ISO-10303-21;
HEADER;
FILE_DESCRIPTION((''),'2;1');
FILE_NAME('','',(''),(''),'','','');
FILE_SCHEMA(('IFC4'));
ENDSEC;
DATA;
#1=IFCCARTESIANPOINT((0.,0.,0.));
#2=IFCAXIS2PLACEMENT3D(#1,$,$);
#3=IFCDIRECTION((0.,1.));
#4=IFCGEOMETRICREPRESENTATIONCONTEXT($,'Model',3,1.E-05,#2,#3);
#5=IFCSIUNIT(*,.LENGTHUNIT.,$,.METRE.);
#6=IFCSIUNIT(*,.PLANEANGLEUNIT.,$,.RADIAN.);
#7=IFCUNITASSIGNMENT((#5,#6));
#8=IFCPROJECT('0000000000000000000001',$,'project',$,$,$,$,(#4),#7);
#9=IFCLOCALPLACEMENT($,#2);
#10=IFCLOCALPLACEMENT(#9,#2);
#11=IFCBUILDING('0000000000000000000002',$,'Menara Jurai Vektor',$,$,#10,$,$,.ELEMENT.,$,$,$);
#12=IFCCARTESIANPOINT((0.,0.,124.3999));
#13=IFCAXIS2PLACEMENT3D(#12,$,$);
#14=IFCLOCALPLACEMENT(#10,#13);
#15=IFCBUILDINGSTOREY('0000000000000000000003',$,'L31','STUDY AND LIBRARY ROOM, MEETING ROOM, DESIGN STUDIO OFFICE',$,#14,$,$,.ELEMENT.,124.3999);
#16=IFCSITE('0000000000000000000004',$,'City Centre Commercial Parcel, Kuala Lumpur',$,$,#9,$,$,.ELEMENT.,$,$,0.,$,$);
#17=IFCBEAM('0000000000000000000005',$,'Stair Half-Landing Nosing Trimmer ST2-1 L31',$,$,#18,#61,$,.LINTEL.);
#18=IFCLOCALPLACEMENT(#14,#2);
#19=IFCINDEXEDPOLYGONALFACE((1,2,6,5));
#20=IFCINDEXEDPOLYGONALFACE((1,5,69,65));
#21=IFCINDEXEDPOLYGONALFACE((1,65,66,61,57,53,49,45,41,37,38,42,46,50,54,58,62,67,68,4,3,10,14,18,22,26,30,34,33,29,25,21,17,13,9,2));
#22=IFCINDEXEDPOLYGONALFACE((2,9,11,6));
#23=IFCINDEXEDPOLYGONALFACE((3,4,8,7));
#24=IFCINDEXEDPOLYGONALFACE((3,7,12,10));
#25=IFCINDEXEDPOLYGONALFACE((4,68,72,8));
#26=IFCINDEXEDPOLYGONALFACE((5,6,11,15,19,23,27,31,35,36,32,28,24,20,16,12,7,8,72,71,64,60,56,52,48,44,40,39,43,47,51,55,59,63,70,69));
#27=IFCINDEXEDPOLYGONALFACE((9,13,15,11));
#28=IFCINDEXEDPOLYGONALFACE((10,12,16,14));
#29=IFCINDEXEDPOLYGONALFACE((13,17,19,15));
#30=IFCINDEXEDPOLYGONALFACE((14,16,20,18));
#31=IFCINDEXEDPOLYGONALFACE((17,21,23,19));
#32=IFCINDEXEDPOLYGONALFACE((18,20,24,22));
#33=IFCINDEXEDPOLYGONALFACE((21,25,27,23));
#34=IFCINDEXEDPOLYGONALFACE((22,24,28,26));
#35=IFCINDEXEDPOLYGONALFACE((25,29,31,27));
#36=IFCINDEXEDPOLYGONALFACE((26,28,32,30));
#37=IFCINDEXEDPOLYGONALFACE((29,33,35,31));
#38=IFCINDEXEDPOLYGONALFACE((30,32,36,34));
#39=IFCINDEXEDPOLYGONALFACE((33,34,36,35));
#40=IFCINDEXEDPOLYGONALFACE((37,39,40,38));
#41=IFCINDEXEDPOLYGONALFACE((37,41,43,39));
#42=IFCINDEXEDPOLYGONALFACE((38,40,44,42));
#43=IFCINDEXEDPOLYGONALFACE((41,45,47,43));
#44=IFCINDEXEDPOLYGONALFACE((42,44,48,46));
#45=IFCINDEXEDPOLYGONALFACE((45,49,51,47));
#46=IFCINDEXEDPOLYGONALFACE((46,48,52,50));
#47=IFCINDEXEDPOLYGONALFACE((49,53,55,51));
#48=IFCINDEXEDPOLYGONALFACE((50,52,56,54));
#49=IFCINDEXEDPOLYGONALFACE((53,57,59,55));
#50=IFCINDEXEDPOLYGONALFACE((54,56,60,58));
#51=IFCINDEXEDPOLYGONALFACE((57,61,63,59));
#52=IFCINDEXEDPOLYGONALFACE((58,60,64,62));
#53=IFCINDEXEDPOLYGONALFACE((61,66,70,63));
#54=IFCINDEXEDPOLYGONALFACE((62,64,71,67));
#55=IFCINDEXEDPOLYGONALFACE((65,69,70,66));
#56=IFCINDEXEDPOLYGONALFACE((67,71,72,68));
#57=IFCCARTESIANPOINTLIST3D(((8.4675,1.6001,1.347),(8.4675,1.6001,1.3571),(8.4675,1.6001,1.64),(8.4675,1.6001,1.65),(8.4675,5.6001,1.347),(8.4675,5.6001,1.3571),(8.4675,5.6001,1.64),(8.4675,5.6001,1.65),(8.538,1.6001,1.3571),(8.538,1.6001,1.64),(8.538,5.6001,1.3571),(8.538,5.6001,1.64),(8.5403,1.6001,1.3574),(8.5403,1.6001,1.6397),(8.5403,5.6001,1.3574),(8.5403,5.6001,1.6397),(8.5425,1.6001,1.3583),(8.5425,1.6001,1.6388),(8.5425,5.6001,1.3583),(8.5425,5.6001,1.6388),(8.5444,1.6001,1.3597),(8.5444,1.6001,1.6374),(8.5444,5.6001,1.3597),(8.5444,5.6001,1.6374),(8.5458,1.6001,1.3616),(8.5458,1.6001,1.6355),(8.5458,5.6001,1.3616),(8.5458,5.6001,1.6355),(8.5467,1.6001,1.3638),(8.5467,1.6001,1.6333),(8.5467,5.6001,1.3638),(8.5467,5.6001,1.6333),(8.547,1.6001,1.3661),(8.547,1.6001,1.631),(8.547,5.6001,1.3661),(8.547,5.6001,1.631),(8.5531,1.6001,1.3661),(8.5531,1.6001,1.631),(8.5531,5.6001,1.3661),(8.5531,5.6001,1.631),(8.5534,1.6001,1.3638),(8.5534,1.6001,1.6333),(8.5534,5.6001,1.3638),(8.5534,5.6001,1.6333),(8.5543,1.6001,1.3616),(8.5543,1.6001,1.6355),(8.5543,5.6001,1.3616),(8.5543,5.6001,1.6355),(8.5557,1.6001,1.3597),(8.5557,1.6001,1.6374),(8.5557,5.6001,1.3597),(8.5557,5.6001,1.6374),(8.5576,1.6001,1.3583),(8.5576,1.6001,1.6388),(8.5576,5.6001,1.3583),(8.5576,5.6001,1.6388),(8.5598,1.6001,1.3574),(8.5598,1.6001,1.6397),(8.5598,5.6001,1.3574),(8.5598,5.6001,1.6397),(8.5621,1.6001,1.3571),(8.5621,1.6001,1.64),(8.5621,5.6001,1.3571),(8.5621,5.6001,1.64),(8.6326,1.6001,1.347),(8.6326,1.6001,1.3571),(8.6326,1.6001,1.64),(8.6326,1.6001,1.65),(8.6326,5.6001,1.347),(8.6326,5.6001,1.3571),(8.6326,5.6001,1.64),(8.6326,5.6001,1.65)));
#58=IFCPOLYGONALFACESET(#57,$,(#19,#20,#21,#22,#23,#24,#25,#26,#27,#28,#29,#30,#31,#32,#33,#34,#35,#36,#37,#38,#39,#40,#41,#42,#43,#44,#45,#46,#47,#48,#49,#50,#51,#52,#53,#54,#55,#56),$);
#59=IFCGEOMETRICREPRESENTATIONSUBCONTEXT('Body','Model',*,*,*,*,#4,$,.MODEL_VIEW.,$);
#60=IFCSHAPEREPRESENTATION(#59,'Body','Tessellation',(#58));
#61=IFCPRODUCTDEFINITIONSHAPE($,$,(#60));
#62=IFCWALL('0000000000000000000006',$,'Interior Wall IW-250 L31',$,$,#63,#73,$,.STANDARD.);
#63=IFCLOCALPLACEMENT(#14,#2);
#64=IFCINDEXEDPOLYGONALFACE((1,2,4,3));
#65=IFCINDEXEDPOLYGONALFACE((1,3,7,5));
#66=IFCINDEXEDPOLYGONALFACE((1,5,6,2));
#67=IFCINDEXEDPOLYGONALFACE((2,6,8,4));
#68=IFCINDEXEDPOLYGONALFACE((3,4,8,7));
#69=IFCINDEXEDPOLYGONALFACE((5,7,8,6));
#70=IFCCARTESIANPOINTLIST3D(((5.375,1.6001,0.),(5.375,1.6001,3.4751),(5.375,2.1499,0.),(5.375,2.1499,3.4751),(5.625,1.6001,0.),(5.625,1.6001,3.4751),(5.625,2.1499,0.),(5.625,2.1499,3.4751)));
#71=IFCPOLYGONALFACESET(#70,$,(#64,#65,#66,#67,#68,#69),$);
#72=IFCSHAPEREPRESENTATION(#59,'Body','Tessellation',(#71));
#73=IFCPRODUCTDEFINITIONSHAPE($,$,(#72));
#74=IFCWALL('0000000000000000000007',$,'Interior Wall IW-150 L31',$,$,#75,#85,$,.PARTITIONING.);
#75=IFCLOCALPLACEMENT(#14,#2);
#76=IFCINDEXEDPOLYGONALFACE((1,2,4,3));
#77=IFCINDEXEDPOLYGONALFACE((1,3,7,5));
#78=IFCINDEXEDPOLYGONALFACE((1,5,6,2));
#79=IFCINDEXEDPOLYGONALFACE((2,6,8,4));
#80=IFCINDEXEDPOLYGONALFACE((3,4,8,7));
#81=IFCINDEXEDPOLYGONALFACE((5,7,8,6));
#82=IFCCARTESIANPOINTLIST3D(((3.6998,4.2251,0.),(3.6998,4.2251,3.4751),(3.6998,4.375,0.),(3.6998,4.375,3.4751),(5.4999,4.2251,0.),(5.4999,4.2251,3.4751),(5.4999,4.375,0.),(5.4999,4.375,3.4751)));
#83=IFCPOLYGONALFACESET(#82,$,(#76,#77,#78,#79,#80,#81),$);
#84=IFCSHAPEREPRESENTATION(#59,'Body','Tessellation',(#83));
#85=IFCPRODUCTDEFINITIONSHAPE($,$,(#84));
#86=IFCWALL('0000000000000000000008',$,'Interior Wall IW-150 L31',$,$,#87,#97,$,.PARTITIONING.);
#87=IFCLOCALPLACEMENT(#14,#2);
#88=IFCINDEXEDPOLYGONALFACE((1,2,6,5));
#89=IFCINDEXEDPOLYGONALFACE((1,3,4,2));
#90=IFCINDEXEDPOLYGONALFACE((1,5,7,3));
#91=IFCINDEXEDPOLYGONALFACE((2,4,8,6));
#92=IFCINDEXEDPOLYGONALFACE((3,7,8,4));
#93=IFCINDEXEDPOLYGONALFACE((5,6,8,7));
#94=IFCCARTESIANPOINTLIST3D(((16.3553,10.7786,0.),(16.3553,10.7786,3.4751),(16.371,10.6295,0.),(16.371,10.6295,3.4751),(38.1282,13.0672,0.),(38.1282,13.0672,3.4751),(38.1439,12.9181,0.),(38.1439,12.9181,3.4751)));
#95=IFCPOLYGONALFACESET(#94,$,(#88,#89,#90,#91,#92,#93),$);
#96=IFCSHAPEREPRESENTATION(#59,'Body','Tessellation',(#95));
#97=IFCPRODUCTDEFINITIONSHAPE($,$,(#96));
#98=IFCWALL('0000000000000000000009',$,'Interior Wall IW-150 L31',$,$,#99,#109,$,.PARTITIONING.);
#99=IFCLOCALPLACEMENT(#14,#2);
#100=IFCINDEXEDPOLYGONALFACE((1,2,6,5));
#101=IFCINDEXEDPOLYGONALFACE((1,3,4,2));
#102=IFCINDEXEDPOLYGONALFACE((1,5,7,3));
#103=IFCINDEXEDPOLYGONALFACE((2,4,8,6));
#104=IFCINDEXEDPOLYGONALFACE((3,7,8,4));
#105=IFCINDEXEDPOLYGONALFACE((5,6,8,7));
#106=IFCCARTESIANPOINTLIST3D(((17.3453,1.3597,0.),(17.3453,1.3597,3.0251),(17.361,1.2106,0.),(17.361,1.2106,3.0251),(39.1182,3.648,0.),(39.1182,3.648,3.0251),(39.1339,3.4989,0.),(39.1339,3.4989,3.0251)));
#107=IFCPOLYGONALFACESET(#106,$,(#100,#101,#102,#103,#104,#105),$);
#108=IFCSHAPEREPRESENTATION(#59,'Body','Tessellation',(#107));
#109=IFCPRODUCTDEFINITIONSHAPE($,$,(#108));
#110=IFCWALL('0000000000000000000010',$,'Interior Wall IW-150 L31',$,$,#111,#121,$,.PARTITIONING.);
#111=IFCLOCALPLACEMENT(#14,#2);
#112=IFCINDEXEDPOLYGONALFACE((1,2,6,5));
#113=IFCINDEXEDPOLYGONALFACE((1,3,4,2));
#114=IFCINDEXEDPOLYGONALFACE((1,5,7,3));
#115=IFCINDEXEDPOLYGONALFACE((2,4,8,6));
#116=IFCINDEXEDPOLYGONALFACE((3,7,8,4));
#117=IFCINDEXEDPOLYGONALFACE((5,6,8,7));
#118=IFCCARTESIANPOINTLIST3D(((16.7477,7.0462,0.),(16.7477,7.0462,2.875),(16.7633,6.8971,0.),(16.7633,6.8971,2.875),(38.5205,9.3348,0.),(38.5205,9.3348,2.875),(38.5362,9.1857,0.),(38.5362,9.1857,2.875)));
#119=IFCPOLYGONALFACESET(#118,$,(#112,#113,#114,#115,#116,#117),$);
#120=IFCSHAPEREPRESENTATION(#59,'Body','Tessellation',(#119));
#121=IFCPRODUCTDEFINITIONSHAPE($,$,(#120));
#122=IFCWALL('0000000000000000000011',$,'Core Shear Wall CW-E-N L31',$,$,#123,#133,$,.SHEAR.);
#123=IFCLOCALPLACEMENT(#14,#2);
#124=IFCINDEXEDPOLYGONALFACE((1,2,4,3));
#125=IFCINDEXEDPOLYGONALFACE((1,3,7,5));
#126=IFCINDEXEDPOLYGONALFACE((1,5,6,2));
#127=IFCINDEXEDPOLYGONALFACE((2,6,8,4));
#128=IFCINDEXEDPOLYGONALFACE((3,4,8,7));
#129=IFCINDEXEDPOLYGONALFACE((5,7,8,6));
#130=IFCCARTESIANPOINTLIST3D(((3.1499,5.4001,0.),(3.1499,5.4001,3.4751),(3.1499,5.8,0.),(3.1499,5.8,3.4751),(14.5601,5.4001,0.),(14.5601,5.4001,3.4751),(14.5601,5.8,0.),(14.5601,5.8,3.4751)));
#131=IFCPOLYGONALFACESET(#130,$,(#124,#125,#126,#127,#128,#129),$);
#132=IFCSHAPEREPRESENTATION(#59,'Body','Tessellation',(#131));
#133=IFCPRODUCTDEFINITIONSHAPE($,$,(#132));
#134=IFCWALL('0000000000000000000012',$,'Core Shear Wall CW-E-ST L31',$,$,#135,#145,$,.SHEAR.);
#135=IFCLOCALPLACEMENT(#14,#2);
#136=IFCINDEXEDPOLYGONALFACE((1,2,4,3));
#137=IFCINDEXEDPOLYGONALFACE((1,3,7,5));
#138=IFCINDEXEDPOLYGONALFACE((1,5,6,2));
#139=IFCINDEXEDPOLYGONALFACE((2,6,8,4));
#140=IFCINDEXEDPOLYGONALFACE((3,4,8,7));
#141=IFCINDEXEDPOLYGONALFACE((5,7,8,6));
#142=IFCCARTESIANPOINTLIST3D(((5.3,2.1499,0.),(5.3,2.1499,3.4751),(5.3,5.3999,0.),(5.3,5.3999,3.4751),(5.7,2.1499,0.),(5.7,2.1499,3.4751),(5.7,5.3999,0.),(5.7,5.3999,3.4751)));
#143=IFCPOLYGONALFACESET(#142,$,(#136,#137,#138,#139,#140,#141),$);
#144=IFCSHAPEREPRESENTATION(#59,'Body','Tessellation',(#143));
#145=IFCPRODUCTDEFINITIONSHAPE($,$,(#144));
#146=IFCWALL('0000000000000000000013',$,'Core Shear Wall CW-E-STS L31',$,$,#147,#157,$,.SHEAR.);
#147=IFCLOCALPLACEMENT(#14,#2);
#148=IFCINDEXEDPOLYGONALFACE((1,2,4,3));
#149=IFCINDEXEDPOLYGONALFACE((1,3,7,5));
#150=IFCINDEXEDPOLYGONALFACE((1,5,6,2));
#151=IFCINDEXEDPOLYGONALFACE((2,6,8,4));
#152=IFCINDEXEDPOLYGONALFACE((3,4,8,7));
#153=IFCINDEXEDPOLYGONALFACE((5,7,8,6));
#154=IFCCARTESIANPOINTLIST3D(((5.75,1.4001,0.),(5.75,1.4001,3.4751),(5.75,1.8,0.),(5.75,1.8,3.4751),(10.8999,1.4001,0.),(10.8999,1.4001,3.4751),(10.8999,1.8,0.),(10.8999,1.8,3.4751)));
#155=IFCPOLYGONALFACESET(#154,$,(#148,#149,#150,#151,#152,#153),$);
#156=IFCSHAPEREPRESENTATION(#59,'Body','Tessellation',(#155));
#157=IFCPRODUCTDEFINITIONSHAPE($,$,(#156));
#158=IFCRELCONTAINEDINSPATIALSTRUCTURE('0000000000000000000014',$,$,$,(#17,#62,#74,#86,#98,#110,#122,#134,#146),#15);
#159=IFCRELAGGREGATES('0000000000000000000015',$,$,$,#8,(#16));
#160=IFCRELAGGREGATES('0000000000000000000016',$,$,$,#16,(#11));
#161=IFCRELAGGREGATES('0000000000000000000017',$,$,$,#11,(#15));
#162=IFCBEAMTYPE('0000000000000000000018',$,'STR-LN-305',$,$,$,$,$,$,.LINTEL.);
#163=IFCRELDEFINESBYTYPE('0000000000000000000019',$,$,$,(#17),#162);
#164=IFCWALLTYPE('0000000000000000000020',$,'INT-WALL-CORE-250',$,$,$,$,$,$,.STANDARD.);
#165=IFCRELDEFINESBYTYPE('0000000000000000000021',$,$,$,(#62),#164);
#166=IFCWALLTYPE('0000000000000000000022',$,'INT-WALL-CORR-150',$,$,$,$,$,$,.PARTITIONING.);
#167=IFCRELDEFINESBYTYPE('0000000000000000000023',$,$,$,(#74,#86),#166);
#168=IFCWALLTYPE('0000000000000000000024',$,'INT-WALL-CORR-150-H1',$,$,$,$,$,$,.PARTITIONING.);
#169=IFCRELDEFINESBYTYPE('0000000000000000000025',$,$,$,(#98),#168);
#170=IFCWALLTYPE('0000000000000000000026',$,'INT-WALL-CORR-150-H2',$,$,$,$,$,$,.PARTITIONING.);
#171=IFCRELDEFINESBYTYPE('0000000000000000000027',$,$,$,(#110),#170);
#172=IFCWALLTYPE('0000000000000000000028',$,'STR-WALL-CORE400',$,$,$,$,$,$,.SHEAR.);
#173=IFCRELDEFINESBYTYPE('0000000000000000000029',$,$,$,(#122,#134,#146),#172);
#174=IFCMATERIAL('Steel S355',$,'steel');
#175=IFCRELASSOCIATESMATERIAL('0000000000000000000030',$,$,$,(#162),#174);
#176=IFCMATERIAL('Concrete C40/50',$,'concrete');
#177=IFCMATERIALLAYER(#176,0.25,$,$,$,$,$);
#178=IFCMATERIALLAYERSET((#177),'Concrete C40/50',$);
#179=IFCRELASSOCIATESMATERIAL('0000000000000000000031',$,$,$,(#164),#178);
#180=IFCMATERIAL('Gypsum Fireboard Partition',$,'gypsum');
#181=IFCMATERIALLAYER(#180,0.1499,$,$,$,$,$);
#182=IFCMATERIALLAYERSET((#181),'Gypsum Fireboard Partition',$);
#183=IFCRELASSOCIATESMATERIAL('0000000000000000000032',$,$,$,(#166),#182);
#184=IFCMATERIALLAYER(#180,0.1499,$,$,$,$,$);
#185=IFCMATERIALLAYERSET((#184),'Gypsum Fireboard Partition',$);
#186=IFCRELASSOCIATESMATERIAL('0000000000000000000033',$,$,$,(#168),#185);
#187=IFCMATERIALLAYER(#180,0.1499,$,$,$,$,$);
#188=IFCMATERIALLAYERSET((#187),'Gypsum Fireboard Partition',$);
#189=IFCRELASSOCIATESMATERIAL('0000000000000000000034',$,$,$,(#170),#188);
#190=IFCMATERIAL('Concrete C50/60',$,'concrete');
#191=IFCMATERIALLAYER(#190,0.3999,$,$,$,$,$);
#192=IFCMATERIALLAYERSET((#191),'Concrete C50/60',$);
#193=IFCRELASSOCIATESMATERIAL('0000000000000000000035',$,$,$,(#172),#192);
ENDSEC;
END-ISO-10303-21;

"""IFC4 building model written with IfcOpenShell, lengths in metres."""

from ifc_helpers import new_model, si_unit, direction, frame, frame_2d, origin, origin_2d, place, context, subcontext, project, spatial, rectangle, i_section, extrude, material, layer, layer_set, material_profile, profile_set, type_object, element, save


model = new_model("IFC4")

# Units and contexts
model_context = context("Model", 3, precision=1e-05, world=origin(), true_north=direction((0.0, 1.0)))
body_context = subcontext(model_context, "Body", "Model", "MODEL_VIEW")
ifc_project = project(units=[si_unit("LENGTHUNIT", "METRE"), si_unit("PLANEANGLEUNIT", "RADIAN")], contexts=[model_context])

# Site, building, storey
site_placement = place(None, origin())
site = spatial("IfcSite", under=ifc_project, at=site_placement, Name="City Centre Commercial Parcel, Kuala Lumpur", CompositionType="ELEMENT", RefElevation=0.0)
building_placement = place(site_placement, origin())
building = spatial("IfcBuilding", under=site, at=building_placement, Name="Menara Jurai Vektor", CompositionType="ELEMENT")
storey_placement = place(building_placement, frame((0.0, 0.0, 124.3999)))
storey = spatial("IfcBuildingStorey", under=building, at=storey_placement, Name="L31", Description="STUDY AND LIBRARY ROOM, MEETING ROOM, DESIGN STUDIO OFFICE", CompositionType="ELEMENT", Elevation=124.3999)

# Shared definitions
ifc_material_1 = material(Name="Concrete C50/60", Category="concrete")
ifc_material_2 = material(Name="Steel S355", Category="steel")

# Beam
ifc_material_profile_1 = material_profile(ifc_material_2, i_section(OverallWidth=0.165, OverallDepth=0.303, WebThickness=0.0061, FlangeThickness=0.01, FilletRadius=0.009, at=origin_2d()), Name="UKB 305x165x40")
ifc_profile_set_1 = profile_set([ifc_material_profile_1], Name="Steel S355")
beam_type_1 = type_object("IfcBeamType", Name="STR-LN-305", PredefinedType="LINTEL", material=ifc_profile_set_1)
beam_1_placement = place(storey_placement, frame((8.55, 1.6001, 1.4985), z_axis=(0.0, 1.0, 0.0), x_axis=(-1.0, 0.0, 0.0)))
element("IfcBeam", 1, at=beam_1_placement, inside=storey, type_object=beam_type_1, Name="Stair Half-Landing Nosing Trimmer ST2-1 L31", PredefinedType="LINTEL", context=body_context, shape_type="SweptSolid", body=[
    extrude(i_section(OverallWidth=0.165, OverallDepth=0.303, WebThickness=0.0061, FlangeThickness=0.01, FilletRadius=0.009, at=origin_2d()), origin(), (0.0, 0.0, 1.0), 4.0),
])

# Shared definitions
ifc_material_3 = material(Name="Concrete C40/50", Category="concrete")
ifc_layer_1 = layer(ifc_material_3, 0.25)
ifc_layer_set_1 = layer_set([ifc_layer_1], Name="Concrete C40/50")
wall_type_1 = type_object("IfcWallType", Name="INT-WALL-CORE-250", PredefinedType="STANDARD", material=ifc_layer_set_1)

# Walls
wall_1_placement = place(storey_placement, frame((5.5, 1.6001, 0.0), z_axis=(0.0, 0.0, 1.0), x_axis=(0.0, 1.0, 0.0)))
element("IfcWall", 2, at=wall_1_placement, inside=storey, type_object=wall_type_1, Name="Interior Wall IW-250 L31", PredefinedType="STANDARD", context=body_context, shape_type="SweptSolid", body=[
    extrude(rectangle(XDim=0.5498, YDim=0.25, at=frame_2d((0.2749, 0.0))), origin(), (0.0, 0.0, 1.0), 3.4751),
])
ifc_material_4 = material(Name="Gypsum Fireboard Partition", Category="gypsum")
ifc_layer_2 = layer(ifc_material_4, 0.1499)
ifc_layer_set_2 = layer_set([ifc_layer_2], Name="Gypsum Fireboard Partition")
wall_type_2 = type_object("IfcWallType", Name="INT-WALL-CORR-150", PredefinedType="PARTITIONING", material=ifc_layer_set_2)
wall_2_placement = place(storey_placement, frame((3.7, 4.3, 0.0), z_axis=(0.0, 0.0, 1.0), x_axis=(1.0, 0.0, 0.0)))
element("IfcWall", 3, at=wall_2_placement, inside=storey, type_object=wall_type_2, Name="Interior Wall IW-150 L31", PredefinedType="PARTITIONING", context=body_context, shape_type="SweptSolid", body=[
    extrude(rectangle(XDim=1.8, YDim=0.1499, at=frame_2d((0.8999, 0.0))), origin(), (0.0, 0.0, 1.0), 3.4751),
])

# Walls
wall_3_placement = place(storey_placement, frame((16.3633, 10.7041, 0.0), z_axis=(0.0, 0.0, 1.0), x_axis=(0.994521, 0.104535, 0.0)))
element("IfcWall", 4, at=wall_3_placement, inside=storey, type_object=wall_type_2, Name="Interior Wall IW-150 L31", PredefinedType="PARTITIONING", context=body_context, shape_type="SweptSolid", body=[
    extrude(rectangle(XDim=21.8928, YDim=0.1499, at=frame_2d((10.9463, 0.0))), origin(), (0.0, 0.0, 1.0), 3.4751),
])
ifc_layer_3 = layer(ifc_material_4, 0.1499)
ifc_layer_set_3 = layer_set([ifc_layer_3], Name="Gypsum Fireboard Partition")
wall_type_3 = type_object("IfcWallType", Name="INT-WALL-CORR-150-H1", PredefinedType="PARTITIONING", material=ifc_layer_set_3)
wall_4_placement = place(storey_placement, frame((17.3533, 1.2852, 0.0), z_axis=(0.0, 0.0, 1.0), x_axis=(0.994522, 0.104524, 0.0)))
element("IfcWall", 5, at=wall_4_placement, inside=storey, type_object=wall_type_3, Name="Interior Wall IW-150 L31", PredefinedType="PARTITIONING", context=body_context, shape_type="SweptSolid", body=[
    extrude(rectangle(XDim=21.8928, YDim=0.1499, at=frame_2d((10.9463, 0.0))), origin(), (0.0, 0.0, 1.0), 3.0251),
])
ifc_layer_4 = layer(ifc_material_4, 0.1499)
ifc_layer_set_4 = layer_set([ifc_layer_4], Name="Gypsum Fireboard Partition")
wall_type_4 = type_object("IfcWallType", Name="INT-WALL-CORR-150-H2", PredefinedType="PARTITIONING", material=ifc_layer_set_4)
wall_5_placement = place(storey_placement, frame((16.7556, 6.9717, 0.0), z_axis=(0.0, 0.0, 1.0), x_axis=(0.994521, 0.104535, 0.0)))
element("IfcWall", 6, at=wall_5_placement, inside=storey, type_object=wall_type_4, Name="Interior Wall IW-150 L31", PredefinedType="PARTITIONING", context=body_context, shape_type="SweptSolid", body=[
    extrude(rectangle(XDim=21.8928, YDim=0.1499, at=frame_2d((10.9463, 0.0))), origin(), (0.0, 0.0, 1.0), 2.875),
])
ifc_layer_5 = layer(ifc_material_1, 0.3999)
ifc_layer_set_5 = layer_set([ifc_layer_5], Name="Concrete C50/60")
wall_type_5 = type_object("IfcWallType", Name="STR-WALL-CORE400", PredefinedType="SHEAR", material=ifc_layer_set_5)
wall_6_placement = place(storey_placement, frame((3.1499, 5.6001, 0.0), z_axis=(0.0, 0.0, 1.0), x_axis=(1.0, 0.0, 0.0)))
element("IfcWall", 7, at=wall_6_placement, inside=storey, type_object=wall_type_5, Name="Core Shear Wall CW-E-N L31", PredefinedType="SHEAR", context=body_context, shape_type="SweptSolid", body=[
    extrude(rectangle(XDim=11.4102, YDim=0.3999, at=frame_2d((5.7051, 0.0))), origin(), (0.0, 0.0, 1.0), 3.4751),
])
wall_7_placement = place(storey_placement, frame((5.5, 2.1499, 0.0), z_axis=(0.0, 0.0, 1.0), x_axis=(0.0, 1.0, 0.0)))
element("IfcWall", 8, at=wall_7_placement, inside=storey, type_object=wall_type_5, Name="Core Shear Wall CW-E-ST L31", PredefinedType="SHEAR", context=body_context, shape_type="SweptSolid", body=[
    extrude(rectangle(XDim=3.25, YDim=0.3999, at=frame_2d((1.625, 0.0))), origin(), (0.0, 0.0, 1.0), 3.4751),
])
wall_8_placement = place(storey_placement, frame((5.75, 1.6001, 0.0), z_axis=(0.0, 0.0, 1.0), x_axis=(1.0, 0.0, 0.0)))
element("IfcWall", 9, at=wall_8_placement, inside=storey, type_object=wall_type_5, Name="Core Shear Wall CW-E-STS L31", PredefinedType="SHEAR", context=body_context, shape_type="SweptSolid", body=[
    extrude(rectangle(XDim=5.1499, YDim=0.3999, at=frame_2d((2.575, 0.0))), origin(), (0.0, 0.0, 1.0), 3.4751),
])

save(model, "model.ifc")
